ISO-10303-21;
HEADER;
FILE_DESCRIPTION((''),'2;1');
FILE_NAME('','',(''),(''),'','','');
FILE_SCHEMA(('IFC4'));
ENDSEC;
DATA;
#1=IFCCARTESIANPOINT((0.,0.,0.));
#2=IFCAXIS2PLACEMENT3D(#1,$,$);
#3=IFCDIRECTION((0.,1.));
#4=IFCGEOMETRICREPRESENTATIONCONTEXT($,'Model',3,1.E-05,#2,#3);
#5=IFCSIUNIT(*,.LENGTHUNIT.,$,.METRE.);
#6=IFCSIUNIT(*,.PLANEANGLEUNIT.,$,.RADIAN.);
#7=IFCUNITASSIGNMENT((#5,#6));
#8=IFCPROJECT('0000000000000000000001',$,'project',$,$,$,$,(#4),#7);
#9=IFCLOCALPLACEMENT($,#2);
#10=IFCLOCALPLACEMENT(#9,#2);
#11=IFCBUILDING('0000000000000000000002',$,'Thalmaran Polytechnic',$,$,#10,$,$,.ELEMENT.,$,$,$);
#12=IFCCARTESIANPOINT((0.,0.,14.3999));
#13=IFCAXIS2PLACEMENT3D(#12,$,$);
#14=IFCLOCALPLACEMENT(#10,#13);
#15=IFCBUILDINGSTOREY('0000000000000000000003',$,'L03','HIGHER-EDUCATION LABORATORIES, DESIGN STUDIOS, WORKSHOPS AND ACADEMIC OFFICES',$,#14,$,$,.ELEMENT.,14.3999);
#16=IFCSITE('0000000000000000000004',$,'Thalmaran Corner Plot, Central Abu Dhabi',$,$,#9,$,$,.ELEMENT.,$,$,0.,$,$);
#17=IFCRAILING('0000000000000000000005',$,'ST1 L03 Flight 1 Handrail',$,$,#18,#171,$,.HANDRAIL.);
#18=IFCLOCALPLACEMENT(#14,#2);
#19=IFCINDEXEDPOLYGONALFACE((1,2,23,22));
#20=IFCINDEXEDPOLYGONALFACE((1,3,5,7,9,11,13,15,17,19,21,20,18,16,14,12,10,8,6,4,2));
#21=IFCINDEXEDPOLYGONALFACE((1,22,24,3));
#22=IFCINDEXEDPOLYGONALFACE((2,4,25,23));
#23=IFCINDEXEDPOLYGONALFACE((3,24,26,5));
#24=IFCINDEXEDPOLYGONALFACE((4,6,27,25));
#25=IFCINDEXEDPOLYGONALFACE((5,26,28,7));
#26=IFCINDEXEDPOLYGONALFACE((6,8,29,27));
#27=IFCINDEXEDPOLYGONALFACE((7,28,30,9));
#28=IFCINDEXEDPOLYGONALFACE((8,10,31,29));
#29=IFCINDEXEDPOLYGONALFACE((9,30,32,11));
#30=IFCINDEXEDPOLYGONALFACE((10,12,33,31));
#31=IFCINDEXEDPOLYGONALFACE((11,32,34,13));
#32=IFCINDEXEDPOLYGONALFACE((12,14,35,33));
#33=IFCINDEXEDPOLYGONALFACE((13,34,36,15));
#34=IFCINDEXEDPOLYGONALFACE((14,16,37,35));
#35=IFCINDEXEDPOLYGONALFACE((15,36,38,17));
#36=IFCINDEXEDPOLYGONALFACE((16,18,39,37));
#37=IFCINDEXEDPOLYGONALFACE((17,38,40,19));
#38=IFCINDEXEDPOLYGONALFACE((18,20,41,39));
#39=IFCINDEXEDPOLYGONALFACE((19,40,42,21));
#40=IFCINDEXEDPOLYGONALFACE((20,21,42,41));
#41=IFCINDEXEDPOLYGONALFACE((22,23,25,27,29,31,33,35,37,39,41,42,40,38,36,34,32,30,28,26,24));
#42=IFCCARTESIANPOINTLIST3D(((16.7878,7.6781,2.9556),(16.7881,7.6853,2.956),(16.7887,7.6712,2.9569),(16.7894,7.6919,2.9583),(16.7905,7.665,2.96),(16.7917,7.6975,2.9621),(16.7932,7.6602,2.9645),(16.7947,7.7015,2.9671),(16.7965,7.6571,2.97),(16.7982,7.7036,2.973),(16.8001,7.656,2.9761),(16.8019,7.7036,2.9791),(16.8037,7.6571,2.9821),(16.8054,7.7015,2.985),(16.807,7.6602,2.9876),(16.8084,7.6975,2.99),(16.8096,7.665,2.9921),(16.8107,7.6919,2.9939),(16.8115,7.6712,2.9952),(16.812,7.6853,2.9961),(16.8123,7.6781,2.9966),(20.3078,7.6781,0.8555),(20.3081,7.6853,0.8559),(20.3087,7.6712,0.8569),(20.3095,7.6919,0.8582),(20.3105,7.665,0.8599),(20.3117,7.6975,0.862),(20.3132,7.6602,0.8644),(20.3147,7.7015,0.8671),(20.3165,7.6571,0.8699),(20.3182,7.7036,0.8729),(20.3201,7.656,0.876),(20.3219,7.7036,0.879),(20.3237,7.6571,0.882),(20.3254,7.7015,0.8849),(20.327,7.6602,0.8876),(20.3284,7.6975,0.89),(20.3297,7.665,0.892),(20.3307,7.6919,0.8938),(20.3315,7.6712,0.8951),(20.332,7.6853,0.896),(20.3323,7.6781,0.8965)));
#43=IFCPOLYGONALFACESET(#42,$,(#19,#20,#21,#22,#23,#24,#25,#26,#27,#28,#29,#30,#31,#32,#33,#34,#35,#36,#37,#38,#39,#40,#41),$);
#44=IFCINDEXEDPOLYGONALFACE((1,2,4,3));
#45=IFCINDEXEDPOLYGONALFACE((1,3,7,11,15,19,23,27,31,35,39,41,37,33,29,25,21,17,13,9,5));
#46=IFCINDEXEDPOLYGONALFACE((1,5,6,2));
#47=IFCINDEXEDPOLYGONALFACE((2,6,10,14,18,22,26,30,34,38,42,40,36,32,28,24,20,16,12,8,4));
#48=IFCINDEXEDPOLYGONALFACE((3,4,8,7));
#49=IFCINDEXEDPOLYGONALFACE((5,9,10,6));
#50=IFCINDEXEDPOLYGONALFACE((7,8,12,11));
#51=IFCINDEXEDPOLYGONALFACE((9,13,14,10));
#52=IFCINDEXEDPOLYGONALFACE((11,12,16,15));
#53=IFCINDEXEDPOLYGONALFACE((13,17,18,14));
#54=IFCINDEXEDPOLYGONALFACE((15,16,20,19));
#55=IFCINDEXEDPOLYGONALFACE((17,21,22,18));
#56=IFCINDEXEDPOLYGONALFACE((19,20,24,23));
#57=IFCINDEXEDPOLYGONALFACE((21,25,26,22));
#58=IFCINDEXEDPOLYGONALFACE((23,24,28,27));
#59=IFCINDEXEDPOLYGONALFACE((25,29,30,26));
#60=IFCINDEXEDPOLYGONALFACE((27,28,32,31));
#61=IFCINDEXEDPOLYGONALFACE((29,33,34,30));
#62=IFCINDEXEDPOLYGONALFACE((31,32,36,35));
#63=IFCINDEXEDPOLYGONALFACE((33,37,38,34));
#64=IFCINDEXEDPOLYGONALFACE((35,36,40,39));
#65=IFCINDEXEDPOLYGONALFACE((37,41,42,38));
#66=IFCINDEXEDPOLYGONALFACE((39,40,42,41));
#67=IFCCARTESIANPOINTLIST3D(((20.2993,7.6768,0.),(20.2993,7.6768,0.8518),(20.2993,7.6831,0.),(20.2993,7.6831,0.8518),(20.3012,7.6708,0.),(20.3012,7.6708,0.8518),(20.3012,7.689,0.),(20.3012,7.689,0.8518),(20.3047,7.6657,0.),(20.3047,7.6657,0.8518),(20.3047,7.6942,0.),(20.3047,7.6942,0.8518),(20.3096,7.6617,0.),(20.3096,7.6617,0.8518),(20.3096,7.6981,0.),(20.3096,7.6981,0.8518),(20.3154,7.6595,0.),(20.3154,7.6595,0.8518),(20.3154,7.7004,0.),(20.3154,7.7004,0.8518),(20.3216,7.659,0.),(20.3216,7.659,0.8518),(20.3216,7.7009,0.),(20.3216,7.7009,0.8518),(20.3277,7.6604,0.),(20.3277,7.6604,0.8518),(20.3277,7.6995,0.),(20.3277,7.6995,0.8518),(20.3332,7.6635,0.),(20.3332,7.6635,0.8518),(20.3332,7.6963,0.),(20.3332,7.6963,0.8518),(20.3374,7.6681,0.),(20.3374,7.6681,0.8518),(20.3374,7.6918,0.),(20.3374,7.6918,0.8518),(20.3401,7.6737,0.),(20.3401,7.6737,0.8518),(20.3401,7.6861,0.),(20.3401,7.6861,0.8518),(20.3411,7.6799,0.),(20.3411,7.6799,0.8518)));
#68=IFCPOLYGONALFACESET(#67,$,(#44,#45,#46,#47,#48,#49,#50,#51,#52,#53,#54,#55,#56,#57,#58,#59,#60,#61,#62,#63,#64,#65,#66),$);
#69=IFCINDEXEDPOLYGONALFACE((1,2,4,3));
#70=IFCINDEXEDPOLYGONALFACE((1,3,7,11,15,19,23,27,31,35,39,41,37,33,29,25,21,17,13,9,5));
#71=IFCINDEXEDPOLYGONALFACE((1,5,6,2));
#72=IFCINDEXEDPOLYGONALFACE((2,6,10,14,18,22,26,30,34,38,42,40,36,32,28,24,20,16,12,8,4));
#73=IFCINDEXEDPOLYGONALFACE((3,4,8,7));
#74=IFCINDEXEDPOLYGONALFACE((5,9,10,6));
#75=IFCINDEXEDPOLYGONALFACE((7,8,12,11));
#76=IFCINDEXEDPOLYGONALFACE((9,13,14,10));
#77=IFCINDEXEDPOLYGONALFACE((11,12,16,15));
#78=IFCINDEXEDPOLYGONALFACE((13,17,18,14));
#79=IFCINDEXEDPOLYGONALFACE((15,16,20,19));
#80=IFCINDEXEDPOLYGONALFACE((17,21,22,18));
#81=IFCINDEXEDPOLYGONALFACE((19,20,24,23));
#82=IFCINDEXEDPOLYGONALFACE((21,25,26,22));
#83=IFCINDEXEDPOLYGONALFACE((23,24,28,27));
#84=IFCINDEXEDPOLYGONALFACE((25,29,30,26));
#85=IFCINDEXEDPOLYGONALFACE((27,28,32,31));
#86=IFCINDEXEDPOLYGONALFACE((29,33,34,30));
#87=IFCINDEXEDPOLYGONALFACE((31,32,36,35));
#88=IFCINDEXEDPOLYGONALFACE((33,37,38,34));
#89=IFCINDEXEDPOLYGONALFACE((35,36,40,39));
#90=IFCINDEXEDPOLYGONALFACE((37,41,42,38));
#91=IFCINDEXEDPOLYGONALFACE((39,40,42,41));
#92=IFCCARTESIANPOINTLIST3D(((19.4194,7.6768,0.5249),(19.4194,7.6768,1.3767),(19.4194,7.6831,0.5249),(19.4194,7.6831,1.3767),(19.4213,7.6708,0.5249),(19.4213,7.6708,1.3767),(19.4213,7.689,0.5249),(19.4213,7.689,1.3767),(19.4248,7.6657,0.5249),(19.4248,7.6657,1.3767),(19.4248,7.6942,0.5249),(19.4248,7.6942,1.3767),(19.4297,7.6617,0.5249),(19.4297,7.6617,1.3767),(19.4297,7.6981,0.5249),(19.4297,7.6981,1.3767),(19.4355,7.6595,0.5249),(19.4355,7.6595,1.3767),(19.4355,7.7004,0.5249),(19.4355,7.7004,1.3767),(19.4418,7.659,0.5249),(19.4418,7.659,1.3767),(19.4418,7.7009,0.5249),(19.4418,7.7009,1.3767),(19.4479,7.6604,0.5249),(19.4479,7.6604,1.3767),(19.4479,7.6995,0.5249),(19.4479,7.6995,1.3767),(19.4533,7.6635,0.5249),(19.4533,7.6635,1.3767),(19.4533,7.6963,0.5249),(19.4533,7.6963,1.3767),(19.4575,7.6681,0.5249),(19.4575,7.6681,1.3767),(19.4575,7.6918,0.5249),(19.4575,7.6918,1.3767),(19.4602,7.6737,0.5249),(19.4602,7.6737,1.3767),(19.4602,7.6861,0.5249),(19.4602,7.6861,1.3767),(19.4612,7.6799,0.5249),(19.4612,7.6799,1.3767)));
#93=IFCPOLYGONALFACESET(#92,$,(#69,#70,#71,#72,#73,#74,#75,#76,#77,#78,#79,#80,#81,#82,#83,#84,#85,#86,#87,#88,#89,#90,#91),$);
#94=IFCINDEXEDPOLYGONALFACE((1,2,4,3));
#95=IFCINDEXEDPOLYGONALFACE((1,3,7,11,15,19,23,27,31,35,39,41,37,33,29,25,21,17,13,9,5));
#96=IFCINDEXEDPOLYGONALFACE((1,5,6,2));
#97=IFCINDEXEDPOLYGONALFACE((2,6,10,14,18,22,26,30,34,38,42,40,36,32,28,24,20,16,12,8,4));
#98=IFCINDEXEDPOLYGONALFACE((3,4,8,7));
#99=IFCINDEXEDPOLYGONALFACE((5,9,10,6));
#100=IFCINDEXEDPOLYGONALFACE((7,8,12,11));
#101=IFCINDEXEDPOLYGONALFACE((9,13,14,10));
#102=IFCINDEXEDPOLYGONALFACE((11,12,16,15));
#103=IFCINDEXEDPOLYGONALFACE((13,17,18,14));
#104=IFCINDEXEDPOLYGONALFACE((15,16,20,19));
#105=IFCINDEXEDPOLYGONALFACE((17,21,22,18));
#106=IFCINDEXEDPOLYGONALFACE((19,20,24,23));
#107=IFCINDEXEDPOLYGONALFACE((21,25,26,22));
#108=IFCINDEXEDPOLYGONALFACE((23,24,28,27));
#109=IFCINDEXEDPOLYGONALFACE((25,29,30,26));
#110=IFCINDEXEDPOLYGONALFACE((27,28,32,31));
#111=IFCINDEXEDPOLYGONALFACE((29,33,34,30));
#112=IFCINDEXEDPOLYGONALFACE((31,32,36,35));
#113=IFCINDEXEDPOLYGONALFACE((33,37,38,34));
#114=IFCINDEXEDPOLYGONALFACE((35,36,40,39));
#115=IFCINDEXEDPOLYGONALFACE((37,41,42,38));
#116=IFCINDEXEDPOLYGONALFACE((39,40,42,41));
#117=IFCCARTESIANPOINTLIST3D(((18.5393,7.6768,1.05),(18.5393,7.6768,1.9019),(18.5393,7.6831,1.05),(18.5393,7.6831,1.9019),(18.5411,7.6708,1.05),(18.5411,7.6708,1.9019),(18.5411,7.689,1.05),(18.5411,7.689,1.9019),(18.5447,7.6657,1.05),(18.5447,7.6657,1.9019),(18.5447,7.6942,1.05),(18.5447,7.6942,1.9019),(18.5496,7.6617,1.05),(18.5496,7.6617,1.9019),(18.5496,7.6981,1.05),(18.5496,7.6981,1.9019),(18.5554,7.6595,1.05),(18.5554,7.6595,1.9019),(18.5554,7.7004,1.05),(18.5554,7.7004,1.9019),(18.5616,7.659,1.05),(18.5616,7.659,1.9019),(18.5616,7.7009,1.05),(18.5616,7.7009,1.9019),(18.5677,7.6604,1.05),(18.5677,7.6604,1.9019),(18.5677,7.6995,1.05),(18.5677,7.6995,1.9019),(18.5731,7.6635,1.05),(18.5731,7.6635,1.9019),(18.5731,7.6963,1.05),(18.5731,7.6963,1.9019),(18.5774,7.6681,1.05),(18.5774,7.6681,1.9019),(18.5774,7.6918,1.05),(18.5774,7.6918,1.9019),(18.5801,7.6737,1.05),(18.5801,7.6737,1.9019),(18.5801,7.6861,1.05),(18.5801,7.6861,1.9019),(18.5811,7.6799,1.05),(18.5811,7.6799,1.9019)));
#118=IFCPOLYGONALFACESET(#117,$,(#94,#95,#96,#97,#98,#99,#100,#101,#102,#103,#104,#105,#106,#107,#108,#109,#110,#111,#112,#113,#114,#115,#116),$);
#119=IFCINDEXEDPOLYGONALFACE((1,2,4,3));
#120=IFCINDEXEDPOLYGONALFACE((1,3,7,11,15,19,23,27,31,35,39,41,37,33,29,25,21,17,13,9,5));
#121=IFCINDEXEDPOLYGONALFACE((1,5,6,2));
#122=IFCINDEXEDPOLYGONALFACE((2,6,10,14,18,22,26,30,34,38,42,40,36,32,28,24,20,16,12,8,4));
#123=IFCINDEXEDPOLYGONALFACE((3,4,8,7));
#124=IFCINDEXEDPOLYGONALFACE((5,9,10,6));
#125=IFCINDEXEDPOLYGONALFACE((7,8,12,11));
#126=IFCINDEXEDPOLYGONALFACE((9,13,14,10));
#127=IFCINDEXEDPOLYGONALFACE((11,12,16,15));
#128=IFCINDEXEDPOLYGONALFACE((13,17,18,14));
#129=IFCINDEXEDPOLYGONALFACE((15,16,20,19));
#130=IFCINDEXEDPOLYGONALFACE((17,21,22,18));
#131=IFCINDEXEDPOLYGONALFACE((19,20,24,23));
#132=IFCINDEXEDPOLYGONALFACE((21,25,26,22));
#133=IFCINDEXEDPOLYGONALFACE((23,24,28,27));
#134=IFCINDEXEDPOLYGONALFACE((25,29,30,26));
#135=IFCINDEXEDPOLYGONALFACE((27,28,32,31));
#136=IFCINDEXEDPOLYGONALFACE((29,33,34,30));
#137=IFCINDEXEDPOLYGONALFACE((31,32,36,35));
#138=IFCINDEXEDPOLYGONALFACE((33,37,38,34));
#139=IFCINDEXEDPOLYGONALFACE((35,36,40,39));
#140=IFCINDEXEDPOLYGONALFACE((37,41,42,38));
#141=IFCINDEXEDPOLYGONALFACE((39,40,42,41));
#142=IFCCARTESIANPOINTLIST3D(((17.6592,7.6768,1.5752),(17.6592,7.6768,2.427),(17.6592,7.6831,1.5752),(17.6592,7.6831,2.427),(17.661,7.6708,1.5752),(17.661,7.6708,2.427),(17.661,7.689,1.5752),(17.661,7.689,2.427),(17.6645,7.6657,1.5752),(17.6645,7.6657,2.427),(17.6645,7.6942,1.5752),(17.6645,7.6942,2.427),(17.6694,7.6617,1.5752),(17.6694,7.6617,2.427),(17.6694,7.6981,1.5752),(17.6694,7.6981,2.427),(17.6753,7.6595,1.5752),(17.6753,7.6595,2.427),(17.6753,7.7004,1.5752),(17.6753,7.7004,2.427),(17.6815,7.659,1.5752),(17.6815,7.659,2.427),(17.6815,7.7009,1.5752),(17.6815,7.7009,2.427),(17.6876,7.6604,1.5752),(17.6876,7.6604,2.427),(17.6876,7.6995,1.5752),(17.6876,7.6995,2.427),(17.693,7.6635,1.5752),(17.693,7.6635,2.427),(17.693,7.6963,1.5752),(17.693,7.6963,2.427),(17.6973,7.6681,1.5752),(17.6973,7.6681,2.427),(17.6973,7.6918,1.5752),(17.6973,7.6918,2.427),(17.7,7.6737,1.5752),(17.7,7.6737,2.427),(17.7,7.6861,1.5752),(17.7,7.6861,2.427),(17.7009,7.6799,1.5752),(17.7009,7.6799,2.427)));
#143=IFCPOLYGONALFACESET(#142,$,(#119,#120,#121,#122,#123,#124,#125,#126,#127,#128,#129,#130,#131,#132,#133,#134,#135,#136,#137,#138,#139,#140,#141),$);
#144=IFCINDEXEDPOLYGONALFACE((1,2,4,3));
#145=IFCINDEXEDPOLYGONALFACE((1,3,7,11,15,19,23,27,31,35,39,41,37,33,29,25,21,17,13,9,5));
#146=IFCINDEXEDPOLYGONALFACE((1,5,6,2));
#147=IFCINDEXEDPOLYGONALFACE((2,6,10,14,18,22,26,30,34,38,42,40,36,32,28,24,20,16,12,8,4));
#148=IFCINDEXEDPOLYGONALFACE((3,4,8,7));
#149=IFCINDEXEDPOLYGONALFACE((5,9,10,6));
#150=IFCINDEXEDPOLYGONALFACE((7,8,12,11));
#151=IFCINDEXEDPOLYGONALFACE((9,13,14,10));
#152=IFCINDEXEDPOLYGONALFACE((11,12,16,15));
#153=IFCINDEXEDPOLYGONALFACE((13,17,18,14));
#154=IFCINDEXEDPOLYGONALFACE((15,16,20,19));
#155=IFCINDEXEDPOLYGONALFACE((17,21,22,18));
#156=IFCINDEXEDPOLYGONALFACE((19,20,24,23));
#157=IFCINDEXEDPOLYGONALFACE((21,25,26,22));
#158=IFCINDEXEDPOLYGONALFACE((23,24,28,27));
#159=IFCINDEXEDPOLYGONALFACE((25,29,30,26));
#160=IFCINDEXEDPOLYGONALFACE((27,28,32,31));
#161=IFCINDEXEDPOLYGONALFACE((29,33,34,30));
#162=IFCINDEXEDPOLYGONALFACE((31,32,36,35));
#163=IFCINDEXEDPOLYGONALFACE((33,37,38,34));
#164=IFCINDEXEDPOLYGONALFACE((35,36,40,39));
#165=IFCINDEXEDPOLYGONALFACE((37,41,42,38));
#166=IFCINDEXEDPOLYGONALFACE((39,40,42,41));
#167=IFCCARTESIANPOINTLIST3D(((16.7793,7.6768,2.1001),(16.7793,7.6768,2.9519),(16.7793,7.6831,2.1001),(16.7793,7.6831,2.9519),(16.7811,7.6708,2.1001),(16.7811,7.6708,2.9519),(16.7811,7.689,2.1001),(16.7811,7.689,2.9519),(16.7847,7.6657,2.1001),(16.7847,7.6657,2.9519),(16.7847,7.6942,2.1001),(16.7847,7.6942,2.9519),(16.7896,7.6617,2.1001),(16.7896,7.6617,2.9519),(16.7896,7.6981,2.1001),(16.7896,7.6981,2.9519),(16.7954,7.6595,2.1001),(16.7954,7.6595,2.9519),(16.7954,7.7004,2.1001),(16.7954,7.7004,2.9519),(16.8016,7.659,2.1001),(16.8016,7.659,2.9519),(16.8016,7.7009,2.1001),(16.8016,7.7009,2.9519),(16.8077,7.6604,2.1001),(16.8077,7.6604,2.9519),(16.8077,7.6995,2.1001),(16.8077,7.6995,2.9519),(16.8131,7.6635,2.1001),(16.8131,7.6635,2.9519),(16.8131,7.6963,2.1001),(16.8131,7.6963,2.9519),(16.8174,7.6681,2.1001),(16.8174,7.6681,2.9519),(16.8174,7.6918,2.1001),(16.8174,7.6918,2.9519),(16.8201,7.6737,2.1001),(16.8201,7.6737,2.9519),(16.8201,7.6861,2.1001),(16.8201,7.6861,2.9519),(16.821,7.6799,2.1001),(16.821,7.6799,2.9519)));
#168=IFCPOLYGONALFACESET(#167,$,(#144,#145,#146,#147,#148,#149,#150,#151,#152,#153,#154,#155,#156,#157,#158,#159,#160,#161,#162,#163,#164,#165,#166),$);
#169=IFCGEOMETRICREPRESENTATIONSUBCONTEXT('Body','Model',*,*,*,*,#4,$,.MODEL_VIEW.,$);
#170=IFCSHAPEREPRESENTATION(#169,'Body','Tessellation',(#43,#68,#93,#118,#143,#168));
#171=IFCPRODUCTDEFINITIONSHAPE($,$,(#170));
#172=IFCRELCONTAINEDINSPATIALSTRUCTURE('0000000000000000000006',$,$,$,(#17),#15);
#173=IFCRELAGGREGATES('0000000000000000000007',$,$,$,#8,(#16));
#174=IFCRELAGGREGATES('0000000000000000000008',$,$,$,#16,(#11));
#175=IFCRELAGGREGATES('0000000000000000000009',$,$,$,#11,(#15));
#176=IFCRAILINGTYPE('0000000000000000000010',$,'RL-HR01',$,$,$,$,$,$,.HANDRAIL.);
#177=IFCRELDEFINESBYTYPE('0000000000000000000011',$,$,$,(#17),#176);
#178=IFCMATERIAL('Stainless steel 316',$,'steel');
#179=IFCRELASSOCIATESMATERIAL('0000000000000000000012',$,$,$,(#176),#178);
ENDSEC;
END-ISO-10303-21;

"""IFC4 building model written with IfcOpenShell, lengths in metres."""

from ifc_helpers import new_model, si_unit, direction, frame, origin, origin_2d, place, context, subcontext, project, spatial, circle, extrude, material, type_object, element, save


model = new_model("IFC4")

# Units and contexts
model_context = context("Model", 3, precision=1e-05, world=origin(), true_north=direction((0.0, 1.0)))
body_context = subcontext(model_context, "Body", "Model", "MODEL_VIEW")
ifc_project = project(units=[si_unit("LENGTHUNIT", "METRE"), si_unit("PLANEANGLEUNIT", "RADIAN")], contexts=[model_context])

# Site, building, storey
site_placement = place(None, origin())
site = spatial("IfcSite", under=ifc_project, at=site_placement, Name="Thalmaran Corner Plot, Central Abu Dhabi", CompositionType="ELEMENT", RefElevation=0.0)
building_placement = place(site_placement, origin())
building = spatial("IfcBuilding", under=site, at=building_placement, Name="Thalmaran Polytechnic", CompositionType="ELEMENT")
storey_placement = place(building_placement, frame((0.0, 0.0, 14.3999)))
storey = spatial("IfcBuildingStorey", under=building, at=storey_placement, Name="L03", Description="HIGHER-EDUCATION LABORATORIES, DESIGN STUDIOS, WORKSHOPS AND ACADEMIC OFFICES", CompositionType="ELEMENT", Elevation=14.3999)

# Railing
ifc_material_1 = material(Name="Stainless steel 316", Category="steel")
railing_type_1 = type_object("IfcRailingType", Name="RL-HR01", PredefinedType="HANDRAIL", material=ifc_material_1)
railing_1_placement = place(storey_placement, frame((20.3201, 7.6799, 0.0)))
element("IfcRailing", 1, at=railing_1_placement, inside=storey, type_object=railing_type_1, Name="ST1 L03 Flight 1 Handrail", PredefinedType="HANDRAIL", context=body_context, shape_type="SweptSolid", body=[
    extrude(circle(Radius=0.0239, at=origin_2d()), frame((0.0, 0.0, 0.876), z_axis=(-0.858773, 0.0, 0.512357), x_axis=(0.0, -1.0, 0.0)), (0.0, 0.0, 1.0), 4.0989),
    extrude(circle(Radius=0.021, at=origin_2d()), origin(), (0.0, 0.0, 1.0), 0.8518),
    extrude(circle(Radius=0.021, at=origin_2d()), frame((-0.8799, 0.0, 0.5249)), (0.0, 0.0, 1.0), 0.8518),
    extrude(circle(Radius=0.021, at=origin_2d()), frame((-1.76, 0.0, 1.05)), (0.0, 0.0, 1.0), 0.8518),
    extrude(circle(Radius=0.021, at=origin_2d()), frame((-2.6401, 0.0, 1.5752)), (0.0, 0.0, 1.0), 0.8518),
    extrude(circle(Radius=0.021, at=origin_2d()), frame((-3.52, 0.0, 2.1001)), (0.0, 0.0, 1.0), 0.8518),
])

save(model, "model.ifc")
